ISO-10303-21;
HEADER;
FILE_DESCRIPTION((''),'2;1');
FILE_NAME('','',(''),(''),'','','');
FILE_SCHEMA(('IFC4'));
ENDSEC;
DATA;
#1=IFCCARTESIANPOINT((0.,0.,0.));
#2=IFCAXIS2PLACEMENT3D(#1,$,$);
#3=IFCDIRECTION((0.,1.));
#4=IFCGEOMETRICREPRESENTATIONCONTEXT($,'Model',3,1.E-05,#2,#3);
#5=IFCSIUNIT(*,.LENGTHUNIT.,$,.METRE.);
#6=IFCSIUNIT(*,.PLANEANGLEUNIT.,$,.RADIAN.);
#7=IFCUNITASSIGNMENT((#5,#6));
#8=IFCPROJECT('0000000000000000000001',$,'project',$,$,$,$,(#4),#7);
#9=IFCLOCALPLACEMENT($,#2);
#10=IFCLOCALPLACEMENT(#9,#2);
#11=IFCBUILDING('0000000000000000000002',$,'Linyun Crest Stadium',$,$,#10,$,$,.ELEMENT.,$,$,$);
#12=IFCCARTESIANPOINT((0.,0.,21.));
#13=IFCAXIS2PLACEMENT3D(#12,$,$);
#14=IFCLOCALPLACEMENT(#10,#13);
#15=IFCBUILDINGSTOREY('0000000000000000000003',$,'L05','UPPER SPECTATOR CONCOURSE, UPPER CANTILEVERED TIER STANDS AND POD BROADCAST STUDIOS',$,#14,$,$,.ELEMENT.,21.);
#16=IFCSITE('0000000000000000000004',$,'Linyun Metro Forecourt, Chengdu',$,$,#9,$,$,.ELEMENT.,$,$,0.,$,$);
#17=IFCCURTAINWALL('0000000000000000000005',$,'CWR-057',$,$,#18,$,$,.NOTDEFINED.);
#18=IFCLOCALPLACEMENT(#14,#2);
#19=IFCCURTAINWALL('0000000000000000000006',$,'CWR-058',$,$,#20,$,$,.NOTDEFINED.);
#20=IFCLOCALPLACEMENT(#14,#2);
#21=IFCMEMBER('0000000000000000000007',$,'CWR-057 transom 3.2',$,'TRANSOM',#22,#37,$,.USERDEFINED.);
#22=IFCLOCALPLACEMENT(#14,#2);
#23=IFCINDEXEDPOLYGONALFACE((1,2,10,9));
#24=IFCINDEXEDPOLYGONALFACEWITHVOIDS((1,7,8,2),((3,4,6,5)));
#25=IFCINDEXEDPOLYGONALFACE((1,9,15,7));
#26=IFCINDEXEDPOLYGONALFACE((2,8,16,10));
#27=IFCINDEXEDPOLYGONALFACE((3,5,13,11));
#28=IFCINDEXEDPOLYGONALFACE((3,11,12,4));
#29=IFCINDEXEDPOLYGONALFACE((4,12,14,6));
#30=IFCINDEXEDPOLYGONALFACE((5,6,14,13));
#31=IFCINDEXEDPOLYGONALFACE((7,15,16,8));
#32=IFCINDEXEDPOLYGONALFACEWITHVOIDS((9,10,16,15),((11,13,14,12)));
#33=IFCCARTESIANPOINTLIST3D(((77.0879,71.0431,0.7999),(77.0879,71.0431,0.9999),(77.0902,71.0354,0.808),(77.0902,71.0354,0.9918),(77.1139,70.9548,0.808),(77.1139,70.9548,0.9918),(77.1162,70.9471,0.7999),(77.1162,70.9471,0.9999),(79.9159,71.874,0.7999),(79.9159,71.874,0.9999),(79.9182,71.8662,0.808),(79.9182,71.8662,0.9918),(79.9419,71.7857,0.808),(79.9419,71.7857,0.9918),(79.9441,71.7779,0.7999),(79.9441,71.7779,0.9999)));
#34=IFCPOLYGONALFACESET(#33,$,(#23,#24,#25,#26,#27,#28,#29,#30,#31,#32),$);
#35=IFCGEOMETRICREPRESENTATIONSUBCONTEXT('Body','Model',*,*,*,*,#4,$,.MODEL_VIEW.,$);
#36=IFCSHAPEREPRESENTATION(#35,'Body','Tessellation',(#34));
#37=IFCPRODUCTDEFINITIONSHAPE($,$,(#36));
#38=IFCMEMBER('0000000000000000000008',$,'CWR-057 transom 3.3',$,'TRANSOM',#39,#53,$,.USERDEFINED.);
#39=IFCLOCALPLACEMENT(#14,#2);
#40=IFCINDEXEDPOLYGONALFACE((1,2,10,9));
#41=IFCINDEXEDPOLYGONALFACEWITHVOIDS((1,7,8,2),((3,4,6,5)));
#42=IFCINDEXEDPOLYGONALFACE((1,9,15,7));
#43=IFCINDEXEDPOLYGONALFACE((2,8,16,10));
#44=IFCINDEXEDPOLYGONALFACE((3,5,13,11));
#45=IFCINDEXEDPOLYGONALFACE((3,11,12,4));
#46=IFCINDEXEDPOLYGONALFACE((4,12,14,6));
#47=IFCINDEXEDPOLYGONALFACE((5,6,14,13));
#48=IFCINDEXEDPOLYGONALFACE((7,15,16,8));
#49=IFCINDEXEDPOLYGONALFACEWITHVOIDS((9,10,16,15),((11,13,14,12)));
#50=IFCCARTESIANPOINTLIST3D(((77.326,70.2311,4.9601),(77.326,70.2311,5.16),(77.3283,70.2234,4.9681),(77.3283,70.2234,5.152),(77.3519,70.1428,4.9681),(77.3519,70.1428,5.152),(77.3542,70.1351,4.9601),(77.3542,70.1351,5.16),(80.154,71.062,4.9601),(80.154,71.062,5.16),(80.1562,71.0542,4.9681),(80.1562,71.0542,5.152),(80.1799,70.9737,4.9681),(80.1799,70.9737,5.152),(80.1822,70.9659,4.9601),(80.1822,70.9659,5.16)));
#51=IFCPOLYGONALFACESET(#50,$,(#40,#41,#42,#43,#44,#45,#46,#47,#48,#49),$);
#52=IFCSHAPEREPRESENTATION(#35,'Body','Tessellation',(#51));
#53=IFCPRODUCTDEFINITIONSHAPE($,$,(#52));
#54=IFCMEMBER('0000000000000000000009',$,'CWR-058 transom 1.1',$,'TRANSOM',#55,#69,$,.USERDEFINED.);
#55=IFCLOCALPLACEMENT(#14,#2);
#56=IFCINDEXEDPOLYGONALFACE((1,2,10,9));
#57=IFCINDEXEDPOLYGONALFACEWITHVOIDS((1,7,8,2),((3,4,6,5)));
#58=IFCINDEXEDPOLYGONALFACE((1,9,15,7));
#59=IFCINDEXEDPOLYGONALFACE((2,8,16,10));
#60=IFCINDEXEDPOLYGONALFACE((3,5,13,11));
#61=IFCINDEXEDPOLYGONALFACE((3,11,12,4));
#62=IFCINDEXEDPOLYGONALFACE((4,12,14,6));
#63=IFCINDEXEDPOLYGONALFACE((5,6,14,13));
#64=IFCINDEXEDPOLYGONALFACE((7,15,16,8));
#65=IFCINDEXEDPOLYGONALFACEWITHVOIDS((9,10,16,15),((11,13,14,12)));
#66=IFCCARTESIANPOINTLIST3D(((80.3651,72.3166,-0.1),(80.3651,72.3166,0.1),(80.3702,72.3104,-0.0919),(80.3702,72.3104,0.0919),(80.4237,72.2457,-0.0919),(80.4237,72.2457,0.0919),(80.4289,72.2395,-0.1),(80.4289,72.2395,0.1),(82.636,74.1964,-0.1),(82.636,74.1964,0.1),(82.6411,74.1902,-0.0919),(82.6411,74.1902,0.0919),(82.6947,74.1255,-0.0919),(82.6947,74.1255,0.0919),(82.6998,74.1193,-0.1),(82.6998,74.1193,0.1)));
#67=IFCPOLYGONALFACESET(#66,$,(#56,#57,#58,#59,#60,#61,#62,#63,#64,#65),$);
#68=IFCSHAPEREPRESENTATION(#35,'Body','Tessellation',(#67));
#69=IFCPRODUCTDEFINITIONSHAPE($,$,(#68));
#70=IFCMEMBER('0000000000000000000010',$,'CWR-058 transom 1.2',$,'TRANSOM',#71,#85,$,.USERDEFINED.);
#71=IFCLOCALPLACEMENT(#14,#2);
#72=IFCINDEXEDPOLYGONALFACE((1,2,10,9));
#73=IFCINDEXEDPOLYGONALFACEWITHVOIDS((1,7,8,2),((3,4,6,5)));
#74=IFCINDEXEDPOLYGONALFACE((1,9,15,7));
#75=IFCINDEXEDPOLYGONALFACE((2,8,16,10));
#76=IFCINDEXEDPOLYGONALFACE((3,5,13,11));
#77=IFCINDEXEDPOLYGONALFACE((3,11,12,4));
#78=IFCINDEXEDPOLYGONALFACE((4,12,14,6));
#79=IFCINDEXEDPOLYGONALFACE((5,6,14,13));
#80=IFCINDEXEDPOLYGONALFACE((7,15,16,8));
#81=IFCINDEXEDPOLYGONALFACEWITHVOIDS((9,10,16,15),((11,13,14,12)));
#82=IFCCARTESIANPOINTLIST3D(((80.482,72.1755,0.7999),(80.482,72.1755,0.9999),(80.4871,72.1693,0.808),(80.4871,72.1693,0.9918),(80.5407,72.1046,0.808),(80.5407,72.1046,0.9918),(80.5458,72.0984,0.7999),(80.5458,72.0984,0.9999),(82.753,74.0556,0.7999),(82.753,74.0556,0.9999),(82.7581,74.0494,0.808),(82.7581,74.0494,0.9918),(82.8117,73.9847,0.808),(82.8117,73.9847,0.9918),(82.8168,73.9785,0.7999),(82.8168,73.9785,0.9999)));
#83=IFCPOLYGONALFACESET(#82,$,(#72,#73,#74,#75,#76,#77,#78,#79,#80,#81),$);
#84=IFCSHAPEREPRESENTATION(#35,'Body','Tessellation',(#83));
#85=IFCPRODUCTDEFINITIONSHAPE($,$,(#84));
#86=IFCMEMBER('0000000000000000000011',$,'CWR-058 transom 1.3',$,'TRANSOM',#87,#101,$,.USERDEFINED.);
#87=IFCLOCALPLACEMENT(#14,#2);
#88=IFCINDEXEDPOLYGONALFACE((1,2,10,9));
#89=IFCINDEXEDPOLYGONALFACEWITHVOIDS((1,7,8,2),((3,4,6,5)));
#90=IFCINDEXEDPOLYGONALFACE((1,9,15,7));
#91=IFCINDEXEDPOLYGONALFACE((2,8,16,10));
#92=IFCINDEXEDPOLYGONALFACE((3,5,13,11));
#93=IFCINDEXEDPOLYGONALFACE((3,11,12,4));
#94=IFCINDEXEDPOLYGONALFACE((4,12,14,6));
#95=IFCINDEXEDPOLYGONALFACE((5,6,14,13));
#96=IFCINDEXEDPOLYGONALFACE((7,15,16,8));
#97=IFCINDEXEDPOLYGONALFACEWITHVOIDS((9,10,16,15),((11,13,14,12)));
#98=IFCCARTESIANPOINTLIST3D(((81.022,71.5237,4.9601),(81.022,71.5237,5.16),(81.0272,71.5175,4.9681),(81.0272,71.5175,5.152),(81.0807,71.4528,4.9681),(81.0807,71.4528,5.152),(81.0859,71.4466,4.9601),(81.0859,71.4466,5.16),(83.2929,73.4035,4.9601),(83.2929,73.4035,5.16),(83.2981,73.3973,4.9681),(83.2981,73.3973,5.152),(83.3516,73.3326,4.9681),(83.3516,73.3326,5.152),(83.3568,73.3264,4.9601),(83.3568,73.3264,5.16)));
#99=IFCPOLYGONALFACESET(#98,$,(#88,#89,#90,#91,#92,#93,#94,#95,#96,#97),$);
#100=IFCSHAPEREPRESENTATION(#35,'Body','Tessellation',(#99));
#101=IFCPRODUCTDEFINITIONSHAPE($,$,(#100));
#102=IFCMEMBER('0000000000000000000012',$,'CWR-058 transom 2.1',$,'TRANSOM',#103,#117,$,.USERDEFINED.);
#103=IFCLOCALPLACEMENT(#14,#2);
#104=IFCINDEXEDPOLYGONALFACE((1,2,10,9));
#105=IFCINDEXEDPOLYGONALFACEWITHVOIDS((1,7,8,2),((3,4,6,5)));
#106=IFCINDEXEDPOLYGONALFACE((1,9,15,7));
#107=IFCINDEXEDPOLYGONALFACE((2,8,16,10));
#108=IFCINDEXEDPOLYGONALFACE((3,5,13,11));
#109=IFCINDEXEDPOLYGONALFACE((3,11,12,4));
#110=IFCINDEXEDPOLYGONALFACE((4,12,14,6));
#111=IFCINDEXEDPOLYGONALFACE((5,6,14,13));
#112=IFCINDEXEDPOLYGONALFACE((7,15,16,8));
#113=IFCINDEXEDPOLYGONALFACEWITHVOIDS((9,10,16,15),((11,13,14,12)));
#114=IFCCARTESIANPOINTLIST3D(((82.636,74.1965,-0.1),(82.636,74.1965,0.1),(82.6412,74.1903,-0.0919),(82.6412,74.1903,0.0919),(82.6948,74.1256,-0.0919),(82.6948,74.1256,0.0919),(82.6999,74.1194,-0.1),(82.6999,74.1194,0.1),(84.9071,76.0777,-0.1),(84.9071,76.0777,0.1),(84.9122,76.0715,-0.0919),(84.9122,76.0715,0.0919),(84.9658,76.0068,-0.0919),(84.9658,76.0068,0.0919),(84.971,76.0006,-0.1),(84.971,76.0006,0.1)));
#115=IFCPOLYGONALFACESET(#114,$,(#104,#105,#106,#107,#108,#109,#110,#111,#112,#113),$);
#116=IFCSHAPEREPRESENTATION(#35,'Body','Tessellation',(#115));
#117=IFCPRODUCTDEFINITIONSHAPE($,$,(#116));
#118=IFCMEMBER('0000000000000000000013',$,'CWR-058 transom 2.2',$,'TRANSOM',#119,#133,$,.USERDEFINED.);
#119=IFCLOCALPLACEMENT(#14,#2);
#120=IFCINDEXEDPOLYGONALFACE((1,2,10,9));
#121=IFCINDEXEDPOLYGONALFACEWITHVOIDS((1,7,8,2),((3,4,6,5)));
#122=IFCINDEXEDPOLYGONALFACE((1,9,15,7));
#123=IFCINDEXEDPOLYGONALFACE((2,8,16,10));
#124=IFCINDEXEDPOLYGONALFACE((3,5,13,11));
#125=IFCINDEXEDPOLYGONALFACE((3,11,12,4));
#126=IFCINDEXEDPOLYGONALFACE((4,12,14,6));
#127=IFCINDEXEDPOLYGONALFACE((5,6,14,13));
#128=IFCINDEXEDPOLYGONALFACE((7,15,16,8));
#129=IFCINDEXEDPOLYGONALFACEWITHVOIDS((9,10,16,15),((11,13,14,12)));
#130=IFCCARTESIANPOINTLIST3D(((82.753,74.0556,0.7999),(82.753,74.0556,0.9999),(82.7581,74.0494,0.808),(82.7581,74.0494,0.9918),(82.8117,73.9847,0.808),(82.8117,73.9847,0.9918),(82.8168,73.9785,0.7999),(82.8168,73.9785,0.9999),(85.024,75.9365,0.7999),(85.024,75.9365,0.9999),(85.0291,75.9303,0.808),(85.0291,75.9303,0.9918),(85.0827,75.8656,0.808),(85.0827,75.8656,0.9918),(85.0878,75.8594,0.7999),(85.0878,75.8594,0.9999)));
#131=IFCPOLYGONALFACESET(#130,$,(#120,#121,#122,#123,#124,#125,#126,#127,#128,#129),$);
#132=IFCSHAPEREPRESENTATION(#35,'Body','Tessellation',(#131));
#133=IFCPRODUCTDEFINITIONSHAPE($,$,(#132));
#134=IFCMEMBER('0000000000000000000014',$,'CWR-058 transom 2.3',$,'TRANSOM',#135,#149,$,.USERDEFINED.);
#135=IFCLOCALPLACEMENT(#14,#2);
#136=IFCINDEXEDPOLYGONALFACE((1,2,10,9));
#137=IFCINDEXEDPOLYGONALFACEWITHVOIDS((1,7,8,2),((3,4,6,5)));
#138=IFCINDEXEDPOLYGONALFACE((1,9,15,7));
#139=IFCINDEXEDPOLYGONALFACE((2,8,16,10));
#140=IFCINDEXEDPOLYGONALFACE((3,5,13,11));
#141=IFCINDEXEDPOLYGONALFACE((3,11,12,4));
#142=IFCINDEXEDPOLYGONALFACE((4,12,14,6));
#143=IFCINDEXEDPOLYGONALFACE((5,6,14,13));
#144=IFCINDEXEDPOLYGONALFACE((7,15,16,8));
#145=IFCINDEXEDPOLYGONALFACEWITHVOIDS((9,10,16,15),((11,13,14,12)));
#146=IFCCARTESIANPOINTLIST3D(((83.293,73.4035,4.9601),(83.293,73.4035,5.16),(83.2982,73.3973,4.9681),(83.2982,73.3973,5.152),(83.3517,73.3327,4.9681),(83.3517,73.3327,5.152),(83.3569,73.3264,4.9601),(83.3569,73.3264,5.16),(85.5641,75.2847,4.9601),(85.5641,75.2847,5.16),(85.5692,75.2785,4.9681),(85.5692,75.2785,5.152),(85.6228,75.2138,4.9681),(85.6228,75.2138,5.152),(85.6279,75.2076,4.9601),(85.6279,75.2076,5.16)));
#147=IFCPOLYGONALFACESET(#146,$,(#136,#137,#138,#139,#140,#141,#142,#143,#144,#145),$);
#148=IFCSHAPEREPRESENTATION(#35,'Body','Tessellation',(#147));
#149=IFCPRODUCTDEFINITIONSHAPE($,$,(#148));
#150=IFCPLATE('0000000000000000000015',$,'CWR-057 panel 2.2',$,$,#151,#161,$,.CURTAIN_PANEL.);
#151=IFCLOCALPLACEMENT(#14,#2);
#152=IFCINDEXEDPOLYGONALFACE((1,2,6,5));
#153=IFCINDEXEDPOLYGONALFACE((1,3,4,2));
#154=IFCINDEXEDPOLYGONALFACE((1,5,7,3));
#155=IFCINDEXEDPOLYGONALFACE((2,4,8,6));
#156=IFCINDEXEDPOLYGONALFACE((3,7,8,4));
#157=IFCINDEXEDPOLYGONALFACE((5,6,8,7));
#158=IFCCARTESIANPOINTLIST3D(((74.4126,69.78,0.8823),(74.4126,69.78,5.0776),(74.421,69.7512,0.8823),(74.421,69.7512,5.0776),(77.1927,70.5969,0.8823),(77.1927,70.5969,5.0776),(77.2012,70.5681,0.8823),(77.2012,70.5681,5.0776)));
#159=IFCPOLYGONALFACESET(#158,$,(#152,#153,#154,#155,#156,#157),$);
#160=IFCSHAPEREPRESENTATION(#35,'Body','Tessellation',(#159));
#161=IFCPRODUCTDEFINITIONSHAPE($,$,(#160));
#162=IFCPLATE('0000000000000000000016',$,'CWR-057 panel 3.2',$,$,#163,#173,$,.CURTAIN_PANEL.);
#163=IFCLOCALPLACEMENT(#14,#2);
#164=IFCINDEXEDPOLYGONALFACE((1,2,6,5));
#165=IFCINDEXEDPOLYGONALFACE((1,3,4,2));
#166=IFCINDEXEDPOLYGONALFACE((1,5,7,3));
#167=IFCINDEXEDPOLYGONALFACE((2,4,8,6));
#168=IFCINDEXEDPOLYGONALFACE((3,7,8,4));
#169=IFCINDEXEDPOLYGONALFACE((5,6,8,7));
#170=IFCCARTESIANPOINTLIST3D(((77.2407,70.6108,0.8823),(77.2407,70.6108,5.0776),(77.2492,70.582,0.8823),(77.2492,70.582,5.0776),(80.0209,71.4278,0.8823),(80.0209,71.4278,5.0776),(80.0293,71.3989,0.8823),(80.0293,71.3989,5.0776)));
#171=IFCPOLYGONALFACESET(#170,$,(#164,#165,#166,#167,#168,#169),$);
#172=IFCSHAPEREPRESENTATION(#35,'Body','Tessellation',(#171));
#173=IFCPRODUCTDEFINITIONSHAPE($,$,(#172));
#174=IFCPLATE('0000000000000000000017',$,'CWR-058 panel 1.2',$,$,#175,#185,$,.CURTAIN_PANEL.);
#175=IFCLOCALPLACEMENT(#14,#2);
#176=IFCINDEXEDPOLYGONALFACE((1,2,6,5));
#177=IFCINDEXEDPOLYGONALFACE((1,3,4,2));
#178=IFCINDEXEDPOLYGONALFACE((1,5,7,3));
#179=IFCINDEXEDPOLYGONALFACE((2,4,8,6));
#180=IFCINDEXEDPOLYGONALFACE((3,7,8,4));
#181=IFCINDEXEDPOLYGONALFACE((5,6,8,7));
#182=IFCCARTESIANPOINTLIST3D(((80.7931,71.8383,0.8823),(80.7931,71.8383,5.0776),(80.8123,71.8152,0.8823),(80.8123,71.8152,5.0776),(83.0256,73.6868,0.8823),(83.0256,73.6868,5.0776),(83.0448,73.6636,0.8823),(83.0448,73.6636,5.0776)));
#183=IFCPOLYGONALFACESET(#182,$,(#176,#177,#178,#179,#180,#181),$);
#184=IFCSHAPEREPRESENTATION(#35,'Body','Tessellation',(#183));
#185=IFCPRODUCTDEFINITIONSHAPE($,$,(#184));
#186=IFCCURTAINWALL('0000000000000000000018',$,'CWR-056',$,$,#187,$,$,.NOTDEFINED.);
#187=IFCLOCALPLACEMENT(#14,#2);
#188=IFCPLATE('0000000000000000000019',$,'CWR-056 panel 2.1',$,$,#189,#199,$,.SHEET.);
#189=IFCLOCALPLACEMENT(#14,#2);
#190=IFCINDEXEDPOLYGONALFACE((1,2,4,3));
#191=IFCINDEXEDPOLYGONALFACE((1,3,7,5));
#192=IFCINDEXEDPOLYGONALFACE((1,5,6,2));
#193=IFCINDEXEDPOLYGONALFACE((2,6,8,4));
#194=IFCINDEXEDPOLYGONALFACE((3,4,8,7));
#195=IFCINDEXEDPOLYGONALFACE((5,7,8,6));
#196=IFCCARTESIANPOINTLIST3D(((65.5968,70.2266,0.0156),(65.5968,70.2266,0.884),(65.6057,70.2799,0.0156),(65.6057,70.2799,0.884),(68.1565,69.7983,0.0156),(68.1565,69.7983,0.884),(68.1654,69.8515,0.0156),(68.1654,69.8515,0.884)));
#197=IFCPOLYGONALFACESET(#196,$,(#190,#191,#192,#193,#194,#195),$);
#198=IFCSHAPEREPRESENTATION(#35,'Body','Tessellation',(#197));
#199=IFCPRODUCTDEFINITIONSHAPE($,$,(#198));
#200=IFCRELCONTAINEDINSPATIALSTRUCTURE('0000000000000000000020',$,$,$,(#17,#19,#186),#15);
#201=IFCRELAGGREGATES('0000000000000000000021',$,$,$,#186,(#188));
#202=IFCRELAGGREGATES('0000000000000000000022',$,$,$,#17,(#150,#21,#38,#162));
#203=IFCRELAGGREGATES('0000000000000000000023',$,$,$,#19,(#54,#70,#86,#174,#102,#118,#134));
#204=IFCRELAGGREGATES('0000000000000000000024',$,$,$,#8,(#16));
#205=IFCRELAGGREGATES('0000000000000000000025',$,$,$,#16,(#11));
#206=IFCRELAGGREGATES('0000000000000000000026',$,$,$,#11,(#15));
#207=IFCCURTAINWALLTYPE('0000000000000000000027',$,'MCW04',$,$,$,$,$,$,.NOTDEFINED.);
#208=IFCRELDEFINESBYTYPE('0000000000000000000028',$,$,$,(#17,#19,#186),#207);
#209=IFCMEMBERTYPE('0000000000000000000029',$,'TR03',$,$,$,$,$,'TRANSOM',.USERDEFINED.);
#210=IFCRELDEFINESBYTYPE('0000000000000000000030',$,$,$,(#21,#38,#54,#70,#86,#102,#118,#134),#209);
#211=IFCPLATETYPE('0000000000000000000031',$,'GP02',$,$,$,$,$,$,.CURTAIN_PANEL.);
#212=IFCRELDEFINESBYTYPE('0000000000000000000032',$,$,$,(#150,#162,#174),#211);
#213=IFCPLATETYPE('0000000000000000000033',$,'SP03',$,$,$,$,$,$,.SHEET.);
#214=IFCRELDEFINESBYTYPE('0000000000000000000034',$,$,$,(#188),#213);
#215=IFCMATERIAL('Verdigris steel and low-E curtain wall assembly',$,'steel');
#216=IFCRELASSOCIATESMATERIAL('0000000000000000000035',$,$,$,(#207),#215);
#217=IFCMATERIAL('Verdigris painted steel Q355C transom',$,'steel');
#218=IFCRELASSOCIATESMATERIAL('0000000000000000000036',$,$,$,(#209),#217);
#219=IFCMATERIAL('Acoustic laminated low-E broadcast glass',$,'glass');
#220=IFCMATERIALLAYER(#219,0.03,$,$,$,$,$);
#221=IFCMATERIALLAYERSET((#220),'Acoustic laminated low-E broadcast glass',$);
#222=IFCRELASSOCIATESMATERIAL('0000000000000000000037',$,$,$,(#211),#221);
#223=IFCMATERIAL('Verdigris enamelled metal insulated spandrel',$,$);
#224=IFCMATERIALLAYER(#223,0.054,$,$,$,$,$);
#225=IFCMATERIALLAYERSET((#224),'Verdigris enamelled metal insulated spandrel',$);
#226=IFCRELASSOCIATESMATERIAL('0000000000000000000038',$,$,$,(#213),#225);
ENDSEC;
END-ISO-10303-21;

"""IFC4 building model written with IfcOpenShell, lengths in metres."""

from ifc_helpers import new_model, si_unit, direction, frame, origin, origin_2d, place, context, subcontext, project, spatial, rectangle, hollow_rectangle, extrude, material, layer, layer_set, material_profile, profile_set, type_object, element, aggregate, save


model = new_model("IFC4")

# Units and contexts
model_context = context("Model", 3, precision=1e-05, world=origin(), true_north=direction((0.0, 1.0)))
body_context = subcontext(model_context, "Body", "Model", "MODEL_VIEW")
ifc_project = project(units=[si_unit("LENGTHUNIT", "METRE"), si_unit("PLANEANGLEUNIT", "RADIAN")], contexts=[model_context])

# Site, building, storey
site_placement = place(None, origin())
site = spatial("IfcSite", under=ifc_project, at=site_placement, Name="Linyun Metro Forecourt, Chengdu", CompositionType="ELEMENT", RefElevation=0.0)
building_placement = place(site_placement, origin())
building = spatial("IfcBuilding", under=site, at=building_placement, Name="Linyun Crest Stadium", CompositionType="ELEMENT")
storey_placement = place(building_placement, frame((0.0, 0.0, 21.0)))
storey = spatial("IfcBuildingStorey", under=building, at=storey_placement, Name="L05", Description="UPPER SPECTATOR CONCOURSE, UPPER CANTILEVERED TIER STANDS AND POD BROADCAST STUDIOS", CompositionType="ELEMENT", Elevation=21.0)

# Curtain walls
ifc_material_1 = material(Name="Verdigris steel and low-E curtain wall assembly", Category="steel")
curtain_wall_type = type_object("IfcCurtainWallType", Name="MCW04", PredefinedType="NOTDEFINED", material=ifc_material_1)
curtain_wall_1_placement = place(storey_placement, origin())
curtain_wall_1 = element("IfcCurtainWall", 1, at=curtain_wall_1_placement, inside=storey, type_object=curtain_wall_type, Name="CWR-057", PredefinedType="NOTDEFINED")
curtain_wall_2_placement = place(storey_placement, origin())
curtain_wall_2 = element("IfcCurtainWall", 2, at=curtain_wall_2_placement, inside=storey, type_object=curtain_wall_type, Name="CWR-058", PredefinedType="NOTDEFINED")

# Members
ifc_material_2 = material(Name="Verdigris painted steel Q355C transom", Category="steel")
ifc_material_profile_1 = material_profile(ifc_material_2, hollow_rectangle(XDim=0.1001, YDim=0.2, WallThickness=0.0081, at=origin_2d()), Name="RHS 200x100x8")
ifc_profile_set_1 = profile_set([ifc_material_profile_1], Name="Verdigris painted steel Q355C transom")
member_type_1 = type_object("IfcMemberType", Name="TR03", ElementType="TRANSOM", PredefinedType="USERDEFINED", material=ifc_profile_set_1)
member_1_placement = place(storey_placement, frame((77.1021, 70.9951, 0.8999), z_axis=(0.95945, 0.281879, 0.0), x_axis=(-0.281879, 0.95945, 0.0)))
member_1 = element("IfcMember", 3, at=member_1_placement, type_object=member_type_1, Name="CWR-057 transom 3.2", ObjectType="TRANSOM", PredefinedType="USERDEFINED", context=body_context, shape_type="SweptSolid", body=[
    extrude(hollow_rectangle(XDim=0.1001, YDim=0.2, WallThickness=0.0081, at=origin_2d()), origin(), (0.0, 0.0, 1.0), 2.9475),
])
member_2_placement = place(storey_placement, frame((77.3401, 70.1831, 5.0601), z_axis=(0.95945, 0.281879, 0.0), x_axis=(-0.281879, 0.95945, 0.0)))
member_2 = element("IfcMember", 4, at=member_2_placement, type_object=member_type_1, Name="CWR-057 transom 3.3", ObjectType="TRANSOM", PredefinedType="USERDEFINED", context=body_context, shape_type="SweptSolid", body=[
    extrude(hollow_rectangle(XDim=0.1001, YDim=0.2, WallThickness=0.0081, at=origin_2d()), origin(), (0.0, 0.0, 1.0), 2.9475),
])
member_3_placement = place(storey_placement, frame((80.397, 72.2781, 0.0), z_axis=(0.770321, 0.637656, 0.0), x_axis=(-0.637656, 0.770321, 0.0)))
member_3 = element("IfcMember", 5, at=member_3_placement, type_object=member_type_1, Name="CWR-058 transom 1.1", ObjectType="TRANSOM", PredefinedType="USERDEFINED", context=body_context, shape_type="SweptSolid", body=[
    extrude(hollow_rectangle(XDim=0.1001, YDim=0.2, WallThickness=0.0081, at=origin_2d()), origin(), (0.0, 0.0, 1.0), 2.948),
])
member_4_placement = place(storey_placement, frame((80.5139, 72.137, 0.8999), z_axis=(0.770281, 0.637705, 0.0), x_axis=(-0.637705, 0.770281, 0.0)))
member_4 = element("IfcMember", 6, at=member_4_placement, type_object=member_type_1, Name="CWR-058 transom 1.2", ObjectType="TRANSOM", PredefinedType="USERDEFINED", context=body_context, shape_type="SweptSolid", body=[
    extrude(hollow_rectangle(XDim=0.1001, YDim=0.2, WallThickness=0.0081, at=origin_2d()), origin(), (0.0, 0.0, 1.0), 2.9482),
])
member_5_placement = place(storey_placement, frame((81.054, 71.4851, 5.0601), z_axis=(0.770321, 0.637656, 0.0), x_axis=(-0.637656, 0.770321, 0.0)))
member_5 = element("IfcMember", 7, at=member_5_placement, type_object=member_type_1, Name="CWR-058 transom 1.3", ObjectType="TRANSOM", PredefinedType="USERDEFINED", context=body_context, shape_type="SweptSolid", body=[
    extrude(hollow_rectangle(XDim=0.1001, YDim=0.2, WallThickness=0.0081, at=origin_2d()), origin(), (0.0, 0.0, 1.0), 2.948),
])
member_6_placement = place(storey_placement, frame((82.668, 74.158, 0.0), z_axis=(0.770118, 0.637901, 0.0), x_axis=(-0.637901, 0.770118, 0.0)))
member_6 = element("IfcMember", 8, at=member_6_placement, type_object=member_type_1, Name="CWR-058 transom 2.1", ObjectType="TRANSOM", PredefinedType="USERDEFINED", context=body_context, shape_type="SweptSolid", body=[
    extrude(hollow_rectangle(XDim=0.1001, YDim=0.2, WallThickness=0.0081, at=origin_2d()), origin(), (0.0, 0.0, 1.0), 2.949),
])
member_7_placement = place(storey_placement, frame((82.7849, 74.0171, 0.8999), z_axis=(0.770159, 0.637852, 0.0), x_axis=(-0.637852, 0.770159, 0.0)))
member_7 = element("IfcMember", 9, at=member_7_placement, type_object=member_type_1, Name="CWR-058 transom 2.2", ObjectType="TRANSOM", PredefinedType="USERDEFINED", context=body_context, shape_type="SweptSolid", body=[
    extrude(hollow_rectangle(XDim=0.1001, YDim=0.2, WallThickness=0.0081, at=origin_2d()), origin(), (0.0, 0.0, 1.0), 2.9487),
])
member_8_placement = place(storey_placement, frame((83.325, 73.365, 5.0601), z_axis=(0.770118, 0.637901, 0.0), x_axis=(-0.637901, 0.770118, 0.0)))
member_8 = element("IfcMember", 10, at=member_8_placement, type_object=member_type_1, Name="CWR-058 transom 2.3", ObjectType="TRANSOM", PredefinedType="USERDEFINED", context=body_context, shape_type="SweptSolid", body=[
    extrude(hollow_rectangle(XDim=0.1001, YDim=0.2, WallThickness=0.0081, at=origin_2d()), origin(), (0.0, 0.0, 1.0), 2.949),
])

# Plates
ifc_material_3 = material(Name="Acoustic laminated low-E broadcast glass", Category="glass")
ifc_layer_1 = layer(ifc_material_3, 0.03)
ifc_layer_set_1 = layer_set([ifc_layer_1], Name="Acoustic laminated low-E broadcast glass")
plate_type_1 = type_object("IfcPlateType", Name="GP02", PredefinedType="CURTAIN_PANEL", material=ifc_layer_set_1)
plate_1_placement = place(storey_placement, frame((75.8069, 70.1741, 0.8823), z_axis=(0.0, 0.0, 1.0), x_axis=(0.959437, 0.281923, 0.0)))
plate_1 = element("IfcPlate", 11, at=plate_1_placement, type_object=plate_type_1, Name="CWR-057 panel 2.2", PredefinedType="CURTAIN_PANEL", context=body_context, shape_type="SweptSolid", body=[
    extrude(rectangle(XDim=2.8977, YDim=0.03, at=origin_2d()), origin(), (0.0, 0.0, 1.0), 4.1953),
])
plate_2_placement = place(storey_placement, frame((78.635, 71.0049, 0.8823), z_axis=(0.0, 0.0, 1.0), x_axis=(0.959437, 0.281923, 0.0)))
plate_2 = element("IfcPlate", 12, at=plate_2_placement, type_object=plate_type_1, Name="CWR-057 panel 3.2", PredefinedType="CURTAIN_PANEL", context=body_context, shape_type="SweptSolid", body=[
    extrude(rectangle(XDim=2.8977, YDim=0.03, at=origin_2d()), origin(), (0.0, 0.0, 1.0), 4.1953),
])
plate_3_placement = place(storey_placement, frame((81.9189, 72.751, 0.8823), z_axis=(0.0, 0.0, 1.0), x_axis=(0.770246, 0.637747, 0.0)))
plate_3 = element("IfcPlate", 13, at=plate_3_placement, type_object=plate_type_1, Name="CWR-058 panel 1.2", PredefinedType="CURTAIN_PANEL", context=body_context, shape_type="SweptSolid", body=[
    extrude(rectangle(XDim=2.8984, YDim=0.03, at=origin_2d()), origin(), (0.0, 0.0, 1.0), 4.1953),
])

# Curtain wall, plate
curtain_wall_3_placement = place(storey_placement, origin())
curtain_wall_3 = element("IfcCurtainWall", 14, at=curtain_wall_3_placement, inside=storey, type_object=curtain_wall_type, Name="CWR-056", PredefinedType="NOTDEFINED")
ifc_material_4 = material(Name="Verdigris enamelled metal insulated spandrel")
ifc_layer_2 = layer(ifc_material_4, 0.054)
ifc_layer_set_2 = layer_set([ifc_layer_2], Name="Verdigris enamelled metal insulated spandrel")
plate_type_2 = type_object("IfcPlateType", Name="SP03", PredefinedType="SHEET", material=ifc_layer_set_2)
plate_4_placement = place(storey_placement, frame((66.8811, 70.0391, 0.0156), z_axis=(0.0, 0.0, 1.0), x_axis=(0.986283, -0.165065, 0.0)))
plate_4 = element("IfcPlate", 15, at=plate_4_placement, type_object=plate_type_2, Name="CWR-056 panel 2.1", PredefinedType="SHEET", context=body_context, shape_type="SweptSolid", body=[
    extrude(rectangle(XDim=2.5952, YDim=0.054, at=origin_2d()), origin(), (0.0, 0.0, 1.0), 0.8684),
])
aggregate(curtain_wall_3, [plate_4])

aggregate(curtain_wall_1, [plate_1, member_1, member_2, plate_2])
aggregate(curtain_wall_2, [member_3, member_4, member_5, plate_3, member_6, member_7, member_8])

save(model, "model.ifc")
